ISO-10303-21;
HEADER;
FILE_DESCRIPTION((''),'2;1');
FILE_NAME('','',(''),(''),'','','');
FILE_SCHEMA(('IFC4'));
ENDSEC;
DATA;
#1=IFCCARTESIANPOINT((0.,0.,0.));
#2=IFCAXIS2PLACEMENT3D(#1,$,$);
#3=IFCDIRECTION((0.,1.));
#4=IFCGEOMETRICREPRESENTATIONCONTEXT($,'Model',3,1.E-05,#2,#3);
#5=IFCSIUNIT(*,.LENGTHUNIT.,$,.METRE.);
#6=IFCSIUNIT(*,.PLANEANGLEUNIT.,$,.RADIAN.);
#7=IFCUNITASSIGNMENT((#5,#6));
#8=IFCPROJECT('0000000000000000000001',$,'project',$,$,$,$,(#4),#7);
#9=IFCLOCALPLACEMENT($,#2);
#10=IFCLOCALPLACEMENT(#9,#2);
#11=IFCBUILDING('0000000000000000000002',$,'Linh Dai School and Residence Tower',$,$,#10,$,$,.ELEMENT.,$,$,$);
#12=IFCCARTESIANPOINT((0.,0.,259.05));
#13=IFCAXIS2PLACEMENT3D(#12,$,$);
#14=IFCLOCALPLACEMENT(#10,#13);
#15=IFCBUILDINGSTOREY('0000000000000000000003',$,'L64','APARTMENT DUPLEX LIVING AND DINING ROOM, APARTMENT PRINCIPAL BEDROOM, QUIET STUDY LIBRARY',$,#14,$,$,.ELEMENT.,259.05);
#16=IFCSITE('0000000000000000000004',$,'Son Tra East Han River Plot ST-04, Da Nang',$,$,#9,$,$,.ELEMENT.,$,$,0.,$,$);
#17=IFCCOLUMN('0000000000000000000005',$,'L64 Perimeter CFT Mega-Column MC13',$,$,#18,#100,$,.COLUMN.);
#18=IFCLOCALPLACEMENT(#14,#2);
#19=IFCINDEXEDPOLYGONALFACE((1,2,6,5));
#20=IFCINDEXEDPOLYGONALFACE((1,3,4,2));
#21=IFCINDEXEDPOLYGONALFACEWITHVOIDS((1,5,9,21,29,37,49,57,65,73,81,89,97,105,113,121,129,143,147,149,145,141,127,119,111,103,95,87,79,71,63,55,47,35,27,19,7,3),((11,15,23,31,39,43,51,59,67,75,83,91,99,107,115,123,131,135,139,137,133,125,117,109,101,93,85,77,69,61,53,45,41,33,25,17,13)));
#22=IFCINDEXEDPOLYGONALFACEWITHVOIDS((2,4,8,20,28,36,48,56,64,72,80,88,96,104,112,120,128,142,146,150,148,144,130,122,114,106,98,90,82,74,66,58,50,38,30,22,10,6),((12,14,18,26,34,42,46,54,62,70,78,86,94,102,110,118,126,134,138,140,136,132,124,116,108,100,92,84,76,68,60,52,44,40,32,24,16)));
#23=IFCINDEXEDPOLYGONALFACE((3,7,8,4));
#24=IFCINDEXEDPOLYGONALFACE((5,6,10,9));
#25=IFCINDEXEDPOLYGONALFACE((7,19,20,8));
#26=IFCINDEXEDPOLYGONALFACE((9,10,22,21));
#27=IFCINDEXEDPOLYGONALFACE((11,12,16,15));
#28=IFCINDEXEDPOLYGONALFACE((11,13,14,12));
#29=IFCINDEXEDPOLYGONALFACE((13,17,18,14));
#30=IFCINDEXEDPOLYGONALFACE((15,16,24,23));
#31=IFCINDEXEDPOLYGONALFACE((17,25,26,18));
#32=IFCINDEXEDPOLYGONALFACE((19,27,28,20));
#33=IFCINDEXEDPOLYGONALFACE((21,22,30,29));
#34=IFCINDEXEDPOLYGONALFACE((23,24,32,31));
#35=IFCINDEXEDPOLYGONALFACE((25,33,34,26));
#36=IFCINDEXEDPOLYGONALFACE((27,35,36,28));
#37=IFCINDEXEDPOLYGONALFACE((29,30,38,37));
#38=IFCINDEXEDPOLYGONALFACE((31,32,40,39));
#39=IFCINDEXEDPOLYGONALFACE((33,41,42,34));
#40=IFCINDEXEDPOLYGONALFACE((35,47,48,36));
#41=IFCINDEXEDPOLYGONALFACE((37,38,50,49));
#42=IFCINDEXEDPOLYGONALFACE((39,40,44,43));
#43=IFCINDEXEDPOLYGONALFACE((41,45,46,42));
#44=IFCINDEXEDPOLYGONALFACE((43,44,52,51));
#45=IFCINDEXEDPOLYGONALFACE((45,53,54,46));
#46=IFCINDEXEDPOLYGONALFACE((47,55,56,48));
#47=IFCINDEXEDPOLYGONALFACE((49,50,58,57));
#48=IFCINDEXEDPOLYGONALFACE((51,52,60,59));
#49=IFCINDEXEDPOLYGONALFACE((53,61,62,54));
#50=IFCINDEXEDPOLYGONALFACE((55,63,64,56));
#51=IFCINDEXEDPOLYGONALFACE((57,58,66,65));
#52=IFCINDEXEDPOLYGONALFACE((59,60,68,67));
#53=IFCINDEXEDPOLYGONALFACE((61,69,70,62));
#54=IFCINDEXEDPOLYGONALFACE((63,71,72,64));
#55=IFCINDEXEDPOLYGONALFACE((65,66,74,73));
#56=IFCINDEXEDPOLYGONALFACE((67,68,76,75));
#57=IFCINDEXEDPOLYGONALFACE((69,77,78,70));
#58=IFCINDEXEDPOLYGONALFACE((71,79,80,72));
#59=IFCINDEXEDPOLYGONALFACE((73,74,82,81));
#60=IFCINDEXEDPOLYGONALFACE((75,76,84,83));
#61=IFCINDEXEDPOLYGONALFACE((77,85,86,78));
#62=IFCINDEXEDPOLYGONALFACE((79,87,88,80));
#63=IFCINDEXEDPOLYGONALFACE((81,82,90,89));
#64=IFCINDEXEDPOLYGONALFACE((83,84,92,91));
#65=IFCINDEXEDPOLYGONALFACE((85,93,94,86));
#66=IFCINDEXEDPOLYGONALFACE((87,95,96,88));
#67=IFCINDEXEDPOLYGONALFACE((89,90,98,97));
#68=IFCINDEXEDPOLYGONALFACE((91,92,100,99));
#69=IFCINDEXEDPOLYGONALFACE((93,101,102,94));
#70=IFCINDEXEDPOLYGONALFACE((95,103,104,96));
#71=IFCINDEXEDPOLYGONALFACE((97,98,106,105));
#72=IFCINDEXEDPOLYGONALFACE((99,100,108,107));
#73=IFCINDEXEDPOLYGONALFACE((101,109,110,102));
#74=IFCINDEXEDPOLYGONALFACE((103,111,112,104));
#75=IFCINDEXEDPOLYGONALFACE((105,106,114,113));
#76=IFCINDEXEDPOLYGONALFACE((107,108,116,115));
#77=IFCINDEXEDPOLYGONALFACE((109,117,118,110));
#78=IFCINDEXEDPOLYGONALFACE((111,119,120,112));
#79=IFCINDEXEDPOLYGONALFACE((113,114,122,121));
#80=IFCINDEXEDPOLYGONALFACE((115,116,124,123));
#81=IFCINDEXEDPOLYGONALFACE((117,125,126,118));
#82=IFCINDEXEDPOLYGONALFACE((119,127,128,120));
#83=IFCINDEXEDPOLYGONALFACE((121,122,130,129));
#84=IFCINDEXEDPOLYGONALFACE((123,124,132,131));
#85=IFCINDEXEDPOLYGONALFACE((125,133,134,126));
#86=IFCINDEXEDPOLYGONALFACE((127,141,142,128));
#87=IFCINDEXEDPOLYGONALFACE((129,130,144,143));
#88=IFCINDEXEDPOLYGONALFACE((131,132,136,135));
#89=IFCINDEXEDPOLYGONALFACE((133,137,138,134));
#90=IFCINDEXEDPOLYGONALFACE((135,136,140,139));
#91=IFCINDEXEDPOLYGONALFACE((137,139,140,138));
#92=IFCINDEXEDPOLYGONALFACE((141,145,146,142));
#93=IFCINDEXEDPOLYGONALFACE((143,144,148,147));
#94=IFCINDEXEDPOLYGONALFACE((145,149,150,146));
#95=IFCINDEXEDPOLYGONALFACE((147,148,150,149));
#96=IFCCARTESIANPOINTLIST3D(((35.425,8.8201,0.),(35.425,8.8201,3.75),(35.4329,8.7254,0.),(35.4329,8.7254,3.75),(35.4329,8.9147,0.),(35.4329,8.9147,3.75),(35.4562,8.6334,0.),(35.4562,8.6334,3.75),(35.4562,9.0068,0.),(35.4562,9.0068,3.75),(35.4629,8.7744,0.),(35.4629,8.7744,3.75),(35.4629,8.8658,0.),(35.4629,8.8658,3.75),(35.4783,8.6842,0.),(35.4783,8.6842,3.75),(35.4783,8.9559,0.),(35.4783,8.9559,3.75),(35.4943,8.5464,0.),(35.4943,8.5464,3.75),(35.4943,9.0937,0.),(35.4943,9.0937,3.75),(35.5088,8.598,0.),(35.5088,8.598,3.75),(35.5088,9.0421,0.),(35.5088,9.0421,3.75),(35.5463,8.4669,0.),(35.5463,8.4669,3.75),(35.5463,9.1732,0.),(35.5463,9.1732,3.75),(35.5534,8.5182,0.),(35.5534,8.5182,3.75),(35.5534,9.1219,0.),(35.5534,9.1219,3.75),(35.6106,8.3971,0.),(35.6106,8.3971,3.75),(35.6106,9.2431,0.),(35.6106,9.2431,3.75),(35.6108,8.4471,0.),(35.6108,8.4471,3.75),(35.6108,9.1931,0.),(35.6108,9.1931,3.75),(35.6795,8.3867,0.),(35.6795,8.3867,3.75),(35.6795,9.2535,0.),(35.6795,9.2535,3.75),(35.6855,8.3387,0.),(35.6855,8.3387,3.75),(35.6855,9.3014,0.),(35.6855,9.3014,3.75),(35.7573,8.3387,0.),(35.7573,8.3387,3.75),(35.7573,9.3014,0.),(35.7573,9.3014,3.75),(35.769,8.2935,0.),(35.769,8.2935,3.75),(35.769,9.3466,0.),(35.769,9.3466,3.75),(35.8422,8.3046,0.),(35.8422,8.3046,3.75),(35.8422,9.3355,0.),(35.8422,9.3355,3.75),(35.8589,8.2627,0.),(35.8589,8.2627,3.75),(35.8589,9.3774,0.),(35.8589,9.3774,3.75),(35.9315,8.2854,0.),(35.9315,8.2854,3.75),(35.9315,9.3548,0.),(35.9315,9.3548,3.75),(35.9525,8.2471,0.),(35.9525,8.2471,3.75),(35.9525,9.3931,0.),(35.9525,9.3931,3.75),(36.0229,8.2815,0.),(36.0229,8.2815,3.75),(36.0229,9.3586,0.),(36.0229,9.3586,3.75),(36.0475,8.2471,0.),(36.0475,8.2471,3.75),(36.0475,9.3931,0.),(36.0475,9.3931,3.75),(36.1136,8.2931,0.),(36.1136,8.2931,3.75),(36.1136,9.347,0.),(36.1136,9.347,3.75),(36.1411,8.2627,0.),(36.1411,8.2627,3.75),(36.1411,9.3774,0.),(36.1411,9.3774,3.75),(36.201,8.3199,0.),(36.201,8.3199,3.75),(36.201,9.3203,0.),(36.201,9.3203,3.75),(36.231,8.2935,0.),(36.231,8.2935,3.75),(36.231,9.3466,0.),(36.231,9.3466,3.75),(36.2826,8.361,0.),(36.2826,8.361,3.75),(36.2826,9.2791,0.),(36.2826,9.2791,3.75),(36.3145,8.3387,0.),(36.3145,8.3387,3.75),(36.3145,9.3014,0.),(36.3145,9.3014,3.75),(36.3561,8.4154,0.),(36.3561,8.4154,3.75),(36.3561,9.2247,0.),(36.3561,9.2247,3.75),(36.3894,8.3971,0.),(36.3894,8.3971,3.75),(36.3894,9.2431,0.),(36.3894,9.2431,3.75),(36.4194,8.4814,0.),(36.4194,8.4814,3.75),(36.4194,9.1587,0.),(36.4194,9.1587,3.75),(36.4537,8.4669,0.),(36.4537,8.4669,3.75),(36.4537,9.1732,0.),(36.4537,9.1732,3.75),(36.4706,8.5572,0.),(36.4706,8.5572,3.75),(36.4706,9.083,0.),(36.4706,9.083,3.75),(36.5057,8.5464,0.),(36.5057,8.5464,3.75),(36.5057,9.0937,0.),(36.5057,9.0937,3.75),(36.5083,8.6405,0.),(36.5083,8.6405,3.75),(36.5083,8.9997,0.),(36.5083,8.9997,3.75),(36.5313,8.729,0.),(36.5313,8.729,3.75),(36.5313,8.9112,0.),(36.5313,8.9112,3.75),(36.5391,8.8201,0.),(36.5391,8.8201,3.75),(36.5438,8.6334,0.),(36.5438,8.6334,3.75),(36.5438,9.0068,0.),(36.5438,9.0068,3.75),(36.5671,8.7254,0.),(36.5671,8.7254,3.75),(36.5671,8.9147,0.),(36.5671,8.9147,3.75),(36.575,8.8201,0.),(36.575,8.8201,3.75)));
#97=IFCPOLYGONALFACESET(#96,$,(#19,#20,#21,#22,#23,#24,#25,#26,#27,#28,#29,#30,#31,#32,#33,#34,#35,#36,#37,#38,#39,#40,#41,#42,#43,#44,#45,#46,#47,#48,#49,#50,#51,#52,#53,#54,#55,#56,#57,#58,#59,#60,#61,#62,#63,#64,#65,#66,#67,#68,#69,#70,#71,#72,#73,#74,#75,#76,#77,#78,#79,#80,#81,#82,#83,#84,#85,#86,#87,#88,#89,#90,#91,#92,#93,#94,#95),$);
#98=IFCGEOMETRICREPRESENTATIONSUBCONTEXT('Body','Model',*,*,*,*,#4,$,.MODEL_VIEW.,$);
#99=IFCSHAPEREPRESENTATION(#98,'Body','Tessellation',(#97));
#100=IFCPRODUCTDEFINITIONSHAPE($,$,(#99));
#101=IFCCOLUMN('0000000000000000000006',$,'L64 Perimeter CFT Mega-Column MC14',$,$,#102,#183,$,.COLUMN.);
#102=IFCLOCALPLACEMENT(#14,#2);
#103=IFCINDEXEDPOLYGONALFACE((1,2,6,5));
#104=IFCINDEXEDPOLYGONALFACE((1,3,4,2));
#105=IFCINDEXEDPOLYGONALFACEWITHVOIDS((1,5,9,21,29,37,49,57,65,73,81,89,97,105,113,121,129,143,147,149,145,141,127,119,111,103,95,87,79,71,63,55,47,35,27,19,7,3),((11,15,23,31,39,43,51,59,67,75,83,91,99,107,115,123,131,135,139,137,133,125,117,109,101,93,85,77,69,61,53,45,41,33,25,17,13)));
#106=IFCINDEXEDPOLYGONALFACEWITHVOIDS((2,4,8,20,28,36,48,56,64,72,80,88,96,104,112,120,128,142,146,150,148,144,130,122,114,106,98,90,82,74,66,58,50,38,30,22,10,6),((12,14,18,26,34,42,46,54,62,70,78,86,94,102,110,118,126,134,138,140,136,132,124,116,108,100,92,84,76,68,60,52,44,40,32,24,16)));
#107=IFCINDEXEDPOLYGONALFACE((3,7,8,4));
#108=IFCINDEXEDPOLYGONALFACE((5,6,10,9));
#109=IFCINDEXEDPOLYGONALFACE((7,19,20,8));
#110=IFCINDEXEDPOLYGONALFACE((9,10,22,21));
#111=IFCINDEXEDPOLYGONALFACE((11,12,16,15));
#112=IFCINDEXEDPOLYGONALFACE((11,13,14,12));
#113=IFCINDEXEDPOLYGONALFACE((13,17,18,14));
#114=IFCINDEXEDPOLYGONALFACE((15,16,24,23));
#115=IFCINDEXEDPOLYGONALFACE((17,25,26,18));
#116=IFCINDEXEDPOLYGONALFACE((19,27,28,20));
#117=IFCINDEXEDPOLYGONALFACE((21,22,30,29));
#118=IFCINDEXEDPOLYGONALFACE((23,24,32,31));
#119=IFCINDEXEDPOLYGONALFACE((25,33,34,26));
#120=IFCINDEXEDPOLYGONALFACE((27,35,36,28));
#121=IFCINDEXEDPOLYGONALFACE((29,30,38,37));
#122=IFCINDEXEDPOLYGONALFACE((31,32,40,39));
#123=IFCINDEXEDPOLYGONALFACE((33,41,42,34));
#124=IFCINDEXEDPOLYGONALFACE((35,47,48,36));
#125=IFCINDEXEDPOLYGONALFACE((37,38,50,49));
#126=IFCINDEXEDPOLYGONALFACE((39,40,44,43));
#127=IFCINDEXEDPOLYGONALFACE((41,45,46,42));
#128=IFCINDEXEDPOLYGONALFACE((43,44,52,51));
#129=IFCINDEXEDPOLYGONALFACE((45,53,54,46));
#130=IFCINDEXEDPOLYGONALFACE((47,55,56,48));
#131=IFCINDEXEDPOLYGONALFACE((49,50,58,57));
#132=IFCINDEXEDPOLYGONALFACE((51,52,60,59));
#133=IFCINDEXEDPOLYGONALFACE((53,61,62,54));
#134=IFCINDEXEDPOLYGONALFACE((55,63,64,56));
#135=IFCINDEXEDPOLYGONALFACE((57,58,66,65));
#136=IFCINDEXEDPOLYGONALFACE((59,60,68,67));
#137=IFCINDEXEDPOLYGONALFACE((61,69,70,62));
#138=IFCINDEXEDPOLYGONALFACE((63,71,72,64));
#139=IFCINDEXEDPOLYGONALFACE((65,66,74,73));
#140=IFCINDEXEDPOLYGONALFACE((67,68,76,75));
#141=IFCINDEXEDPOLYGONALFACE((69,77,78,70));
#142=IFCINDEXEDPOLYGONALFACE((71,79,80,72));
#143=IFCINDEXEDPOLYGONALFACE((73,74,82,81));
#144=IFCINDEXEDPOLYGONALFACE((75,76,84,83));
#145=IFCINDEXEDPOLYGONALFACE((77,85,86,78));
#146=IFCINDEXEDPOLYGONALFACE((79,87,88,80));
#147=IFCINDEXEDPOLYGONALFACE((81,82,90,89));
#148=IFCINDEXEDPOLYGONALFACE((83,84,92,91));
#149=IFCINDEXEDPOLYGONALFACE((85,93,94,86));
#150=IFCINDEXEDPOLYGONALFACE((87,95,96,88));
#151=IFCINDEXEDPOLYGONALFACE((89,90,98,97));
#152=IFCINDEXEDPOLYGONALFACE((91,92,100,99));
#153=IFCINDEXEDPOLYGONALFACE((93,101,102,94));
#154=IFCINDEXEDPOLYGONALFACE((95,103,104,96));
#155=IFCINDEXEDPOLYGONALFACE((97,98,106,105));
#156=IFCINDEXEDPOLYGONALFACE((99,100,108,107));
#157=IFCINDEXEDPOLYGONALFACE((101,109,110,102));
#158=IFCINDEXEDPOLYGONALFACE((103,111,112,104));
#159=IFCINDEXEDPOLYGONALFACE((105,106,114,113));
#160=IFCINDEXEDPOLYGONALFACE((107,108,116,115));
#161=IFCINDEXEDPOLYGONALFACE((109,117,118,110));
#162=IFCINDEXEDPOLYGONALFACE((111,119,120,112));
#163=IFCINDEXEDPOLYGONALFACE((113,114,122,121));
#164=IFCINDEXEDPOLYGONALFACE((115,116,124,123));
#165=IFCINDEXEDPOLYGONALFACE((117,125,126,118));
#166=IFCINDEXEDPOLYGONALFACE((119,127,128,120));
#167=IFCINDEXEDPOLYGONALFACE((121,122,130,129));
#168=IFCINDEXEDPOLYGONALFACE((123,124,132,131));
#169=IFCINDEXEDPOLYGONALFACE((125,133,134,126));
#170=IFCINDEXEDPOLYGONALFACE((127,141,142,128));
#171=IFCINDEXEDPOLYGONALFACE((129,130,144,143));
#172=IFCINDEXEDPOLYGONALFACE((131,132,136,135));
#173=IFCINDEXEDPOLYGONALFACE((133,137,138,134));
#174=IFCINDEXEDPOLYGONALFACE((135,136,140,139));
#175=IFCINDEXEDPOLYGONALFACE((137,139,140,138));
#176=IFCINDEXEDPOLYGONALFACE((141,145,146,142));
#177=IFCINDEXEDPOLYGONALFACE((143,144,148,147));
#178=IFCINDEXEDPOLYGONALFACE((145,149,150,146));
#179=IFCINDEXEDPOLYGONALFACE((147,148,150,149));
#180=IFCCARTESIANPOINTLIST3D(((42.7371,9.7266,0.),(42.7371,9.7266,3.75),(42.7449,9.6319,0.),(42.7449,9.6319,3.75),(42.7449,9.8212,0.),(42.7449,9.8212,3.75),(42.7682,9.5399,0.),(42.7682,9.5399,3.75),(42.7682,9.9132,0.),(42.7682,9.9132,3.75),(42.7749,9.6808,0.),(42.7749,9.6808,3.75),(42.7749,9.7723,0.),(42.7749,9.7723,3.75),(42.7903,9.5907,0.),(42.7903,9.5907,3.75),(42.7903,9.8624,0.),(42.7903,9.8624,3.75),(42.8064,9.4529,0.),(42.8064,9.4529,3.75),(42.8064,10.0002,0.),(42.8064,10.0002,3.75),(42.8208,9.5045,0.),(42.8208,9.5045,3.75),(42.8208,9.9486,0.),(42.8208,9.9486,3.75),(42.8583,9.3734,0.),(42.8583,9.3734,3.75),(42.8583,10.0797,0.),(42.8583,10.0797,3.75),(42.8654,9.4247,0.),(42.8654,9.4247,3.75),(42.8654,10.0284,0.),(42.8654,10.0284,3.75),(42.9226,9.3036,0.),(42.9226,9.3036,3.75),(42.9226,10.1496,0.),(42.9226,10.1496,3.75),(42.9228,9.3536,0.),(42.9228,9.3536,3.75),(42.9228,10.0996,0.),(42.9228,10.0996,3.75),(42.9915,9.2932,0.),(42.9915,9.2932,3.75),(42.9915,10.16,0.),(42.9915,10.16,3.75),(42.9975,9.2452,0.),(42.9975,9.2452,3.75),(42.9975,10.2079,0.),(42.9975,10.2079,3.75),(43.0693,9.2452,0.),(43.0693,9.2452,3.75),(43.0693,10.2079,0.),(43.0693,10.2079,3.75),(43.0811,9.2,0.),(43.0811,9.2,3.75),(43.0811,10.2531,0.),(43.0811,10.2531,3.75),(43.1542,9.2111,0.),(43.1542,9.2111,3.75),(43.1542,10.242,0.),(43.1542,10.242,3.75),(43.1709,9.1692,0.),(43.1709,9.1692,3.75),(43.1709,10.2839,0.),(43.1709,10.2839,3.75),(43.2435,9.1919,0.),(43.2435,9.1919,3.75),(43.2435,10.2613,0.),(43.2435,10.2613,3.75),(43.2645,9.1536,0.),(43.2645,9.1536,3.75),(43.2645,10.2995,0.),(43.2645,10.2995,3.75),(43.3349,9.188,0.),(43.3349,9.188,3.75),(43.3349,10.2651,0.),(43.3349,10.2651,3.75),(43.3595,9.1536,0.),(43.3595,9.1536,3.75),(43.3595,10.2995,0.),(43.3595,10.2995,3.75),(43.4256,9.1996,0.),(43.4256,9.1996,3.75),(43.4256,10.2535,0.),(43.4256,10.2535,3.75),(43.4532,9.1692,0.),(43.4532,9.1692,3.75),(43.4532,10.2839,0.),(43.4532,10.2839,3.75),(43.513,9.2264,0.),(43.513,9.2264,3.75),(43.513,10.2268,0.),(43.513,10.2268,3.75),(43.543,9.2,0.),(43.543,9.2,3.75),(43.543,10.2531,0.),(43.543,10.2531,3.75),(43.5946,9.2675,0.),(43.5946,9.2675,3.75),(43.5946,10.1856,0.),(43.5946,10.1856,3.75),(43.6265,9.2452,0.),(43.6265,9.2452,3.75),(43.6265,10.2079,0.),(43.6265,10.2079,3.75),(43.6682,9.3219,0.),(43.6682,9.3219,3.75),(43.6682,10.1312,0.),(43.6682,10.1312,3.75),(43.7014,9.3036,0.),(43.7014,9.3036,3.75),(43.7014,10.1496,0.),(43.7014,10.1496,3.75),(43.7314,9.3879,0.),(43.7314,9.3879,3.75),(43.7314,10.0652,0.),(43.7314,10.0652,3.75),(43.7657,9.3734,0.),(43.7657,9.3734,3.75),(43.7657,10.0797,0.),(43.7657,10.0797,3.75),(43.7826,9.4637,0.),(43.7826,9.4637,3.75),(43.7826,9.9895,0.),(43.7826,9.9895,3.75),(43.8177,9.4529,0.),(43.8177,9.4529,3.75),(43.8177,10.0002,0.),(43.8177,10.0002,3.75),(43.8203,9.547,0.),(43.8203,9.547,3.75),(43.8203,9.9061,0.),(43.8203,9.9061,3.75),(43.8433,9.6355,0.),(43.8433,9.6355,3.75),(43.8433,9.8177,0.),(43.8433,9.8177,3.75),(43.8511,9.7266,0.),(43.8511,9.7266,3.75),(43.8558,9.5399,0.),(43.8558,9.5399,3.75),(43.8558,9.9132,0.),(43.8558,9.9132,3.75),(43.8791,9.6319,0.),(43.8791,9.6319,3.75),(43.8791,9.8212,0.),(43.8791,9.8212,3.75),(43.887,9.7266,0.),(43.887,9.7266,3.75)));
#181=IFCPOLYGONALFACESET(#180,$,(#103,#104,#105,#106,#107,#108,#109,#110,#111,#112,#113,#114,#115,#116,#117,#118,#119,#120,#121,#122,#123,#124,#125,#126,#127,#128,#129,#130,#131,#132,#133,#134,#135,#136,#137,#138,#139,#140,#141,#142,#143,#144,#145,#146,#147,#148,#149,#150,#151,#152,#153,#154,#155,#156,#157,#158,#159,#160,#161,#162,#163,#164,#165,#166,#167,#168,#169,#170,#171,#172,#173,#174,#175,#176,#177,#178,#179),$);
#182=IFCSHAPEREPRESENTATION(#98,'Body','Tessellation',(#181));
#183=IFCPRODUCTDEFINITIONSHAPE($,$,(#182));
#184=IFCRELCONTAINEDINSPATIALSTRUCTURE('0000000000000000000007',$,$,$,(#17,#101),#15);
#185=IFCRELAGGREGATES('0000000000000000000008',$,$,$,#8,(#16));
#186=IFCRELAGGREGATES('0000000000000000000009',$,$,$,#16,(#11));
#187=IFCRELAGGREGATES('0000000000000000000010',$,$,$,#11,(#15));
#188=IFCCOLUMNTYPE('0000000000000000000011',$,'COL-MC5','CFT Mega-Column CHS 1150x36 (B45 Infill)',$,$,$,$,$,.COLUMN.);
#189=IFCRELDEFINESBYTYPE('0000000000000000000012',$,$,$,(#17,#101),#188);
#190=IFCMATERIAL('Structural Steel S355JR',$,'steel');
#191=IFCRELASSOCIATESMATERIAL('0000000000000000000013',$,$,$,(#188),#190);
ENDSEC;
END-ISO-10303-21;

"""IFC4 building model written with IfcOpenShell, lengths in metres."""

from ifc_helpers import new_model, si_unit, direction, frame, origin, origin_2d, place, context, subcontext, project, spatial, hollow_circle, extrude, material, material_profile, profile_set, type_object, element, save


model = new_model("IFC4")

# Units and contexts
model_context = context("Model", 3, precision=1e-05, world=origin(), true_north=direction((0.0, 1.0)))
body_context = subcontext(model_context, "Body", "Model", "MODEL_VIEW")
ifc_project = project(units=[si_unit("LENGTHUNIT", "METRE"), si_unit("PLANEANGLEUNIT", "RADIAN")], contexts=[model_context])

# Site, building, storey
site_placement = place(None, origin())
site = spatial("IfcSite", under=ifc_project, at=site_placement, Name="Son Tra East Han River Plot ST-04, Da Nang", CompositionType="ELEMENT", RefElevation=0.0)
building_placement = place(site_placement, origin())
building = spatial("IfcBuilding", under=site, at=building_placement, Name="Linh Dai School and Residence Tower", CompositionType="ELEMENT")
storey_placement = place(building_placement, frame((0.0, 0.0, 259.05)))
storey = spatial("IfcBuildingStorey", under=building, at=storey_placement, Name="L64", Description="APARTMENT DUPLEX LIVING AND DINING ROOM, APARTMENT PRINCIPAL BEDROOM, QUIET STUDY LIBRARY", CompositionType="ELEMENT", Elevation=259.05)

# Columns
ifc_material_1 = material(Name="Structural Steel S355JR", Category="steel")
ifc_material_profile_1 = material_profile(ifc_material_1, hollow_circle(Radius=0.575, WallThickness=0.0359, at=origin_2d()), Name="CHS 1150x36")
ifc_profile_set_1 = profile_set([ifc_material_profile_1], Name="Structural Steel S355JR")
column_type = type_object("IfcColumnType", Name="COL-MC5", Description="CFT Mega-Column CHS 1150x36 (B45 Infill)", PredefinedType="COLUMN", material=ifc_profile_set_1)
for number, where, z_axis, x_axis, name in (
    (1, (36.0, 8.8201, 0.0), (0.0, 0.0, 1.0), (1.0, 0.0, 0.0), "L64 Perimeter CFT Mega-Column MC13"),
    (2, (43.312, 9.7266, 0.0), (0.0, 0.0, 1.0), (1.0, 0.0, 0.0), "L64 Perimeter CFT Mega-Column MC14"),
):
    element("IfcColumn", number, at=place(storey_placement, frame(where, z_axis=z_axis, x_axis=x_axis)), inside=storey, type_object=column_type, Name=name, PredefinedType="COLUMN", context=body_context, shape_type="SweptSolid", body=[
        extrude(hollow_circle(Radius=0.575, WallThickness=0.0359, at=origin_2d()), origin(), (0.0, 0.0, 1.0), 3.75),
    ])

save(model, "model.ifc")
